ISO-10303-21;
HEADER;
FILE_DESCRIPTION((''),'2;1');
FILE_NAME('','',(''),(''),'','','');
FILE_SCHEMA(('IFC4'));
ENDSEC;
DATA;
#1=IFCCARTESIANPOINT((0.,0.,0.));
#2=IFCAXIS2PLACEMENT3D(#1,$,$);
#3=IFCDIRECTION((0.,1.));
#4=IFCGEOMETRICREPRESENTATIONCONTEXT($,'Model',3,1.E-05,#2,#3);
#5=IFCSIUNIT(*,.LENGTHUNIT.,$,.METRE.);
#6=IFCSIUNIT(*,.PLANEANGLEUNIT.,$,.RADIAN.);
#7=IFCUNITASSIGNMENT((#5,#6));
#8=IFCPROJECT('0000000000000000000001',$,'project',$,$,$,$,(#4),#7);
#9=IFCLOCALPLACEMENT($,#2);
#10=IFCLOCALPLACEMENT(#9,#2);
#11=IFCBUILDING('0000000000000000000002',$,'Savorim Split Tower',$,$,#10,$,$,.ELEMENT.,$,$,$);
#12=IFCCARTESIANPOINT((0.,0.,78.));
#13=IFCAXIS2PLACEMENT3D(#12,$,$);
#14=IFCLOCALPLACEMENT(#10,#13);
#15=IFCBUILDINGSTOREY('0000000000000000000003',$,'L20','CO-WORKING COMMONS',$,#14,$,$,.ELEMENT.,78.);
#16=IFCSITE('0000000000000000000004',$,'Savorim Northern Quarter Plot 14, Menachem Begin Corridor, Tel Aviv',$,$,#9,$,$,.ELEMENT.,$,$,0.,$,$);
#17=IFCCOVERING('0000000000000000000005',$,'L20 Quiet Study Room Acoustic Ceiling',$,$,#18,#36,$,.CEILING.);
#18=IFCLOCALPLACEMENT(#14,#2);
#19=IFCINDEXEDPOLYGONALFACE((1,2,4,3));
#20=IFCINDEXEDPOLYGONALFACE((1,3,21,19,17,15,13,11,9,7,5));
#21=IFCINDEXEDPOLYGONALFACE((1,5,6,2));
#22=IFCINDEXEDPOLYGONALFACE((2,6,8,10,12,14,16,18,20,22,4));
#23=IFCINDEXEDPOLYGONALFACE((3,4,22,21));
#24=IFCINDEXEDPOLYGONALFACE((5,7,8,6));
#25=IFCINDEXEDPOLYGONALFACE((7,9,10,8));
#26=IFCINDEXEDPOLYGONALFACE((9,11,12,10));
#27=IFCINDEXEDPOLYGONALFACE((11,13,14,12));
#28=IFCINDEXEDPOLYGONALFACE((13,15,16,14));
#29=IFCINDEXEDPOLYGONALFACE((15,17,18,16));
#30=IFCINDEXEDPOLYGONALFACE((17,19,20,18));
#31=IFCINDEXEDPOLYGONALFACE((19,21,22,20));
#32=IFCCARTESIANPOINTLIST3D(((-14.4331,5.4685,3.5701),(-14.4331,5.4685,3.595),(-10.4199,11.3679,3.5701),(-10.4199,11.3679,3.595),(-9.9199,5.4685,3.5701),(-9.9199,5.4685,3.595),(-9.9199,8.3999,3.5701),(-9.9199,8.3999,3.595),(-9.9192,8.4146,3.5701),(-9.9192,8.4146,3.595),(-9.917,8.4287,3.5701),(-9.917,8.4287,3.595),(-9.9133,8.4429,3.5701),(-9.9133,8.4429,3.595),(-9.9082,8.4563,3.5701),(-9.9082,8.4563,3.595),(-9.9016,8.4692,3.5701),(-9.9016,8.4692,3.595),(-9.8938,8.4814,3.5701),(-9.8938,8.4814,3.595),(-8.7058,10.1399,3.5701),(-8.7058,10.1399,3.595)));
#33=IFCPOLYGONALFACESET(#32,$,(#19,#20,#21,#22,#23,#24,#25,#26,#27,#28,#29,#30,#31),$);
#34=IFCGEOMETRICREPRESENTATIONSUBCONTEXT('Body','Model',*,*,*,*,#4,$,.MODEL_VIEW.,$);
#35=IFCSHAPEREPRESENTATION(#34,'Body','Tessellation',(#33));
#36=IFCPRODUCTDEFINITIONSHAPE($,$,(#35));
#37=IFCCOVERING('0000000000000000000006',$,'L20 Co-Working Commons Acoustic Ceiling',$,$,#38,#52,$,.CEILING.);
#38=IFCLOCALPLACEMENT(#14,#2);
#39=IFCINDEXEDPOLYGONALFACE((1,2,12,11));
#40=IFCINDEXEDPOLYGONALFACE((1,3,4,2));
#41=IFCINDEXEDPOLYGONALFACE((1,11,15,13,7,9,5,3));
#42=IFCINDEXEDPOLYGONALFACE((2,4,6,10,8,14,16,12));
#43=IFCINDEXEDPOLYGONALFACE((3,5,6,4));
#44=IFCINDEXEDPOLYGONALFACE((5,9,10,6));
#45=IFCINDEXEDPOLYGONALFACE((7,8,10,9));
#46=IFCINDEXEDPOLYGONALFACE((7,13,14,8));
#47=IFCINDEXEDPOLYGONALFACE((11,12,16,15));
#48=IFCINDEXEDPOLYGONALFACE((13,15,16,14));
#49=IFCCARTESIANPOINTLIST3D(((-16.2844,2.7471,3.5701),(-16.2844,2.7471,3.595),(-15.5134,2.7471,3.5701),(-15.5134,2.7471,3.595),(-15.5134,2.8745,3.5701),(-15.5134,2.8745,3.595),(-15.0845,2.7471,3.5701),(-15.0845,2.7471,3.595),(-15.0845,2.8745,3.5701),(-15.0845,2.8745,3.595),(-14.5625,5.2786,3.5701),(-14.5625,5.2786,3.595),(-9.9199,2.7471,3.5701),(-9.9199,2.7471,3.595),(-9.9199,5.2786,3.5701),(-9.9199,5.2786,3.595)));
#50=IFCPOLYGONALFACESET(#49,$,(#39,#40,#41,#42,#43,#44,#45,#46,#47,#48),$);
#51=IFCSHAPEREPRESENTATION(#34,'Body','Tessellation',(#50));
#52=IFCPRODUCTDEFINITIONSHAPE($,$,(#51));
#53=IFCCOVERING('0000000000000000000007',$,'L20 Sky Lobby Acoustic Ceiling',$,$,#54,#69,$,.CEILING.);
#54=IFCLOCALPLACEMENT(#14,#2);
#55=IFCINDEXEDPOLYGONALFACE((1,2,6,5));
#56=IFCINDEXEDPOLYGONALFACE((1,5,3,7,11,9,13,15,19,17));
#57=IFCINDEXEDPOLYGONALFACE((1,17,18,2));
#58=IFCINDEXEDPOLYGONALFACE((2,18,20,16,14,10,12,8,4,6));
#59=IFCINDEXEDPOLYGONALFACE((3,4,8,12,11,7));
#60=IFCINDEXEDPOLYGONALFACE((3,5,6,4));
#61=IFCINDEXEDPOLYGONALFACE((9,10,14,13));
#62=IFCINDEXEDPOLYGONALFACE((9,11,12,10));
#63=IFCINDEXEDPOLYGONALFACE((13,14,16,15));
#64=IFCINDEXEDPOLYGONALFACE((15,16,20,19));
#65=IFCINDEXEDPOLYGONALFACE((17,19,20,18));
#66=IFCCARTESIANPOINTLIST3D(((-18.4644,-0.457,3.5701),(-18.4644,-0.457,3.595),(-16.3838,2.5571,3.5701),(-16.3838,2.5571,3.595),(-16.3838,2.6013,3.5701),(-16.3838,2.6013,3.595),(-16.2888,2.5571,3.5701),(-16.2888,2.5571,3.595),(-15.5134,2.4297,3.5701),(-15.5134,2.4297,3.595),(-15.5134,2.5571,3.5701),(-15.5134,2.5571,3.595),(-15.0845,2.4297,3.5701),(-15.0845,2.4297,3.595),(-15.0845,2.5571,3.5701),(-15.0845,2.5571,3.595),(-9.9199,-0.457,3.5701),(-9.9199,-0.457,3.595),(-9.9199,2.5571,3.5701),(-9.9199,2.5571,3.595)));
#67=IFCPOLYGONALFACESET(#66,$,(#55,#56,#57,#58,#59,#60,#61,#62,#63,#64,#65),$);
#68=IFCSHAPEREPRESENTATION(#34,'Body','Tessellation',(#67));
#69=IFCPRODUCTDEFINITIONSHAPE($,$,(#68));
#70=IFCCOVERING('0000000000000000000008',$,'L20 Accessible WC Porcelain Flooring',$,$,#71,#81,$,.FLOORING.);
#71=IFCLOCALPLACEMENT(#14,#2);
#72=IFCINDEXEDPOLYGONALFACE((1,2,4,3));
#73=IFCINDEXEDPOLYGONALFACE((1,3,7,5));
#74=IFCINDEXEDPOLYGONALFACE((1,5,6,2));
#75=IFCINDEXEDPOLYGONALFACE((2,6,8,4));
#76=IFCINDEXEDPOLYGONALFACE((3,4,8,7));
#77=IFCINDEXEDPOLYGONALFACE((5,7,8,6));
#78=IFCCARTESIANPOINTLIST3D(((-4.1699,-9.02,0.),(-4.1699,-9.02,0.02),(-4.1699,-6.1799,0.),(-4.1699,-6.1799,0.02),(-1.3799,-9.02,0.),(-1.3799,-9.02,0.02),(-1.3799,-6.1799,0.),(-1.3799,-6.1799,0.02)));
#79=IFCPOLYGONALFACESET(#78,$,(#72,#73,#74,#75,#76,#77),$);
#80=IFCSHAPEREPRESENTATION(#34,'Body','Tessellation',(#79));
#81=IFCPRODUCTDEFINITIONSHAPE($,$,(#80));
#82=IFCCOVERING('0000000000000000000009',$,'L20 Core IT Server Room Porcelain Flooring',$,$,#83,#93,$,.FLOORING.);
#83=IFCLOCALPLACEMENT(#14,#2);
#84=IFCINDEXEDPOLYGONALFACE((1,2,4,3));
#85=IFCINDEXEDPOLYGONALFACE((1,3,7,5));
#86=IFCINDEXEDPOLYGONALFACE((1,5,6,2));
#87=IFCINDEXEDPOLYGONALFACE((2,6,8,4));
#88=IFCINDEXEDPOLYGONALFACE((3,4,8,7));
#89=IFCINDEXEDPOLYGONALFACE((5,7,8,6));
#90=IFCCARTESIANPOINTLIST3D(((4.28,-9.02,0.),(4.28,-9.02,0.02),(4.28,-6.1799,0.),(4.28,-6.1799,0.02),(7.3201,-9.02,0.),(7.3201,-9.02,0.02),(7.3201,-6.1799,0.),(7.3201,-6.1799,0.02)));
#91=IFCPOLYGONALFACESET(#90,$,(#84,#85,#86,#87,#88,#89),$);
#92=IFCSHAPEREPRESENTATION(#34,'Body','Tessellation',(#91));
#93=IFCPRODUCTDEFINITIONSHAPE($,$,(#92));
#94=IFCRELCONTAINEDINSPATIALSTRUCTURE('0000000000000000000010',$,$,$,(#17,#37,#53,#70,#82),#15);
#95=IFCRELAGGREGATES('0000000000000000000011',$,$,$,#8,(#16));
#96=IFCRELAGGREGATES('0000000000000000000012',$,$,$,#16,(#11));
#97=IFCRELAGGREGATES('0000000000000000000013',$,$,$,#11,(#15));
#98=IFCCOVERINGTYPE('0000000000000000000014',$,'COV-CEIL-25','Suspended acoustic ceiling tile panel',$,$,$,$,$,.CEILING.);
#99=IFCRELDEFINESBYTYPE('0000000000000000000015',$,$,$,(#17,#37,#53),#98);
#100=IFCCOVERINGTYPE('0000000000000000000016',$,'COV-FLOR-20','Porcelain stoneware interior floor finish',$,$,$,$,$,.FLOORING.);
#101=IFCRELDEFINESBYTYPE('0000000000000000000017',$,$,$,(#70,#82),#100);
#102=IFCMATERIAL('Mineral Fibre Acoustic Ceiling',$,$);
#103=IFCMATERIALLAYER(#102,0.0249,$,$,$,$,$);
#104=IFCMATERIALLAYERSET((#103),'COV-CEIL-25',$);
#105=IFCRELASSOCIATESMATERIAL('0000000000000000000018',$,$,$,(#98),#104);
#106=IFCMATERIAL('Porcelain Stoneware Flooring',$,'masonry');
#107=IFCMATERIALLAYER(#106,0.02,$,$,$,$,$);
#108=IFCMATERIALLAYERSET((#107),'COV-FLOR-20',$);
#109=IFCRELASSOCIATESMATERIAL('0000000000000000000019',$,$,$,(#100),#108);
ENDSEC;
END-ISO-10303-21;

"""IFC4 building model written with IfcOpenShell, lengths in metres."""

from ifc_helpers import new_model, si_unit, direction, frame, origin, place, context, subcontext, project, spatial, polyline, outline, extrude, material, layer, layer_set, type_object, element, save


model = new_model("IFC4")

# Units and contexts
model_context = context("Model", 3, precision=1e-05, world=origin(), true_north=direction((0.0, 1.0)))
body_context = subcontext(model_context, "Body", "Model", "MODEL_VIEW")
ifc_project = project(units=[si_unit("LENGTHUNIT", "METRE"), si_unit("PLANEANGLEUNIT", "RADIAN")], contexts=[model_context])

# Site, building, storey
site_placement = place(None, origin())
site = spatial("IfcSite", under=ifc_project, at=site_placement, Name="Savorim Northern Quarter Plot 14, Menachem Begin Corridor, Tel Aviv", CompositionType="ELEMENT", RefElevation=0.0)
building_placement = place(site_placement, origin())
building = spatial("IfcBuilding", under=site, at=building_placement, Name="Savorim Split Tower", CompositionType="ELEMENT")
storey_placement = place(building_placement, frame((0.0, 0.0, 78.0)))
storey = spatial("IfcBuildingStorey", under=building, at=storey_placement, Name="L20", Description="CO-WORKING COMMONS", CompositionType="ELEMENT", Elevation=78.0)

# Coverings
ifc_material_1 = material(Name="Mineral Fibre Acoustic Ceiling")
ifc_layer_1 = layer(ifc_material_1, 0.0249)
ifc_layer_set_1 = layer_set([ifc_layer_1], Name="COV-CEIL-25")
covering_type_1 = type_object("IfcCoveringType", Name="COV-CEIL-25", Description="Suspended acoustic ceiling tile panel", PredefinedType="CEILING", material=ifc_layer_set_1)
covering_1_placement = place(storey_placement, frame((0.0, 0.0, 3.5701)))
element("IfcCovering", 1, at=covering_1_placement, inside=storey, type_object=covering_type_1, Name="L20 Quiet Study Room Acoustic Ceiling", PredefinedType="CEILING", context=body_context, shape_type="SweptSolid", body=[
    extrude(outline(polyline([(-9.9082, 8.4563), (-9.9016, 8.4692), (-9.8938, 8.4814), (-8.7058, 10.1399), (-10.4199, 11.3679), (-14.4331, 5.4685), (-9.9199, 5.4685), (-9.9199, 8.3999), (-9.9192, 8.4146), (-9.917, 8.4287), (-9.9133, 8.4429), (-9.9082, 8.4563)])), origin(), (0.0, 0.0, 1.0), 0.0249),
])
covering_2_placement = place(storey_placement, frame((0.0, 0.0, 3.5701)))
element("IfcCovering", 2, at=covering_2_placement, inside=storey, type_object=covering_type_1, Name="L20 Co-Working Commons Acoustic Ceiling", PredefinedType="CEILING", context=body_context, shape_type="SweptSolid", body=[
    extrude(outline(polyline([(-15.0845, 2.8745), (-15.0845, 2.7471), (-9.9199, 2.7471), (-9.9199, 5.2786), (-14.5625, 5.2786), (-16.2844, 2.7471), (-15.5134, 2.7471), (-15.5134, 2.8745), (-15.0845, 2.8745)])), origin(), (0.0, 0.0, 1.0), 0.0249),
])
covering_3_placement = place(storey_placement, frame((0.0, 0.0, 3.5701)))
element("IfcCovering", 3, at=covering_3_placement, inside=storey, type_object=covering_type_1, Name="L20 Sky Lobby Acoustic Ceiling", PredefinedType="CEILING", context=body_context, shape_type="SweptSolid", body=[
    extrude(outline(polyline([(-15.5134, 2.5571), (-16.2888, 2.5571), (-16.3838, 2.5571), (-16.3838, 2.6013), (-18.4644, -0.457), (-9.9199, -0.457), (-9.9199, 2.5571), (-15.0845, 2.5571), (-15.0845, 2.4297), (-15.5134, 2.4297), (-15.5134, 2.5571)])), origin(), (0.0, 0.0, 1.0), 0.0249),
])
ifc_material_2 = material(Name="Porcelain Stoneware Flooring", Category="masonry")
ifc_layer_2 = layer(ifc_material_2, 0.02)
ifc_layer_set_2 = layer_set([ifc_layer_2], Name="COV-FLOR-20")
covering_type_2 = type_object("IfcCoveringType", Name="COV-FLOR-20", Description="Porcelain stoneware interior floor finish", PredefinedType="FLOORING", material=ifc_layer_set_2)
covering_4_placement = place(storey_placement, origin())
element("IfcCovering", 4, at=covering_4_placement, inside=storey, type_object=covering_type_2, Name="L20 Accessible WC Porcelain Flooring", PredefinedType="FLOORING", context=body_context, shape_type="SweptSolid", body=[
    extrude(outline(polyline([(-4.1699, -6.1799), (-4.1699, -9.02), (-1.3799, -9.02), (-1.3799, -6.1799), (-4.1699, -6.1799)])), origin(), (0.0, 0.0, 1.0), 0.02),
])
covering_5_placement = place(storey_placement, origin())
element("IfcCovering", 5, at=covering_5_placement, inside=storey, type_object=covering_type_2, Name="L20 Core IT Server Room Porcelain Flooring", PredefinedType="FLOORING", context=body_context, shape_type="SweptSolid", body=[
    extrude(outline(polyline([(4.28, -6.1799), (4.28, -9.02), (7.3201, -9.02), (7.3201, -6.1799), (4.28, -6.1799)])), origin(), (0.0, 0.0, 1.0), 0.02),
])

save(model, "model.ifc")
